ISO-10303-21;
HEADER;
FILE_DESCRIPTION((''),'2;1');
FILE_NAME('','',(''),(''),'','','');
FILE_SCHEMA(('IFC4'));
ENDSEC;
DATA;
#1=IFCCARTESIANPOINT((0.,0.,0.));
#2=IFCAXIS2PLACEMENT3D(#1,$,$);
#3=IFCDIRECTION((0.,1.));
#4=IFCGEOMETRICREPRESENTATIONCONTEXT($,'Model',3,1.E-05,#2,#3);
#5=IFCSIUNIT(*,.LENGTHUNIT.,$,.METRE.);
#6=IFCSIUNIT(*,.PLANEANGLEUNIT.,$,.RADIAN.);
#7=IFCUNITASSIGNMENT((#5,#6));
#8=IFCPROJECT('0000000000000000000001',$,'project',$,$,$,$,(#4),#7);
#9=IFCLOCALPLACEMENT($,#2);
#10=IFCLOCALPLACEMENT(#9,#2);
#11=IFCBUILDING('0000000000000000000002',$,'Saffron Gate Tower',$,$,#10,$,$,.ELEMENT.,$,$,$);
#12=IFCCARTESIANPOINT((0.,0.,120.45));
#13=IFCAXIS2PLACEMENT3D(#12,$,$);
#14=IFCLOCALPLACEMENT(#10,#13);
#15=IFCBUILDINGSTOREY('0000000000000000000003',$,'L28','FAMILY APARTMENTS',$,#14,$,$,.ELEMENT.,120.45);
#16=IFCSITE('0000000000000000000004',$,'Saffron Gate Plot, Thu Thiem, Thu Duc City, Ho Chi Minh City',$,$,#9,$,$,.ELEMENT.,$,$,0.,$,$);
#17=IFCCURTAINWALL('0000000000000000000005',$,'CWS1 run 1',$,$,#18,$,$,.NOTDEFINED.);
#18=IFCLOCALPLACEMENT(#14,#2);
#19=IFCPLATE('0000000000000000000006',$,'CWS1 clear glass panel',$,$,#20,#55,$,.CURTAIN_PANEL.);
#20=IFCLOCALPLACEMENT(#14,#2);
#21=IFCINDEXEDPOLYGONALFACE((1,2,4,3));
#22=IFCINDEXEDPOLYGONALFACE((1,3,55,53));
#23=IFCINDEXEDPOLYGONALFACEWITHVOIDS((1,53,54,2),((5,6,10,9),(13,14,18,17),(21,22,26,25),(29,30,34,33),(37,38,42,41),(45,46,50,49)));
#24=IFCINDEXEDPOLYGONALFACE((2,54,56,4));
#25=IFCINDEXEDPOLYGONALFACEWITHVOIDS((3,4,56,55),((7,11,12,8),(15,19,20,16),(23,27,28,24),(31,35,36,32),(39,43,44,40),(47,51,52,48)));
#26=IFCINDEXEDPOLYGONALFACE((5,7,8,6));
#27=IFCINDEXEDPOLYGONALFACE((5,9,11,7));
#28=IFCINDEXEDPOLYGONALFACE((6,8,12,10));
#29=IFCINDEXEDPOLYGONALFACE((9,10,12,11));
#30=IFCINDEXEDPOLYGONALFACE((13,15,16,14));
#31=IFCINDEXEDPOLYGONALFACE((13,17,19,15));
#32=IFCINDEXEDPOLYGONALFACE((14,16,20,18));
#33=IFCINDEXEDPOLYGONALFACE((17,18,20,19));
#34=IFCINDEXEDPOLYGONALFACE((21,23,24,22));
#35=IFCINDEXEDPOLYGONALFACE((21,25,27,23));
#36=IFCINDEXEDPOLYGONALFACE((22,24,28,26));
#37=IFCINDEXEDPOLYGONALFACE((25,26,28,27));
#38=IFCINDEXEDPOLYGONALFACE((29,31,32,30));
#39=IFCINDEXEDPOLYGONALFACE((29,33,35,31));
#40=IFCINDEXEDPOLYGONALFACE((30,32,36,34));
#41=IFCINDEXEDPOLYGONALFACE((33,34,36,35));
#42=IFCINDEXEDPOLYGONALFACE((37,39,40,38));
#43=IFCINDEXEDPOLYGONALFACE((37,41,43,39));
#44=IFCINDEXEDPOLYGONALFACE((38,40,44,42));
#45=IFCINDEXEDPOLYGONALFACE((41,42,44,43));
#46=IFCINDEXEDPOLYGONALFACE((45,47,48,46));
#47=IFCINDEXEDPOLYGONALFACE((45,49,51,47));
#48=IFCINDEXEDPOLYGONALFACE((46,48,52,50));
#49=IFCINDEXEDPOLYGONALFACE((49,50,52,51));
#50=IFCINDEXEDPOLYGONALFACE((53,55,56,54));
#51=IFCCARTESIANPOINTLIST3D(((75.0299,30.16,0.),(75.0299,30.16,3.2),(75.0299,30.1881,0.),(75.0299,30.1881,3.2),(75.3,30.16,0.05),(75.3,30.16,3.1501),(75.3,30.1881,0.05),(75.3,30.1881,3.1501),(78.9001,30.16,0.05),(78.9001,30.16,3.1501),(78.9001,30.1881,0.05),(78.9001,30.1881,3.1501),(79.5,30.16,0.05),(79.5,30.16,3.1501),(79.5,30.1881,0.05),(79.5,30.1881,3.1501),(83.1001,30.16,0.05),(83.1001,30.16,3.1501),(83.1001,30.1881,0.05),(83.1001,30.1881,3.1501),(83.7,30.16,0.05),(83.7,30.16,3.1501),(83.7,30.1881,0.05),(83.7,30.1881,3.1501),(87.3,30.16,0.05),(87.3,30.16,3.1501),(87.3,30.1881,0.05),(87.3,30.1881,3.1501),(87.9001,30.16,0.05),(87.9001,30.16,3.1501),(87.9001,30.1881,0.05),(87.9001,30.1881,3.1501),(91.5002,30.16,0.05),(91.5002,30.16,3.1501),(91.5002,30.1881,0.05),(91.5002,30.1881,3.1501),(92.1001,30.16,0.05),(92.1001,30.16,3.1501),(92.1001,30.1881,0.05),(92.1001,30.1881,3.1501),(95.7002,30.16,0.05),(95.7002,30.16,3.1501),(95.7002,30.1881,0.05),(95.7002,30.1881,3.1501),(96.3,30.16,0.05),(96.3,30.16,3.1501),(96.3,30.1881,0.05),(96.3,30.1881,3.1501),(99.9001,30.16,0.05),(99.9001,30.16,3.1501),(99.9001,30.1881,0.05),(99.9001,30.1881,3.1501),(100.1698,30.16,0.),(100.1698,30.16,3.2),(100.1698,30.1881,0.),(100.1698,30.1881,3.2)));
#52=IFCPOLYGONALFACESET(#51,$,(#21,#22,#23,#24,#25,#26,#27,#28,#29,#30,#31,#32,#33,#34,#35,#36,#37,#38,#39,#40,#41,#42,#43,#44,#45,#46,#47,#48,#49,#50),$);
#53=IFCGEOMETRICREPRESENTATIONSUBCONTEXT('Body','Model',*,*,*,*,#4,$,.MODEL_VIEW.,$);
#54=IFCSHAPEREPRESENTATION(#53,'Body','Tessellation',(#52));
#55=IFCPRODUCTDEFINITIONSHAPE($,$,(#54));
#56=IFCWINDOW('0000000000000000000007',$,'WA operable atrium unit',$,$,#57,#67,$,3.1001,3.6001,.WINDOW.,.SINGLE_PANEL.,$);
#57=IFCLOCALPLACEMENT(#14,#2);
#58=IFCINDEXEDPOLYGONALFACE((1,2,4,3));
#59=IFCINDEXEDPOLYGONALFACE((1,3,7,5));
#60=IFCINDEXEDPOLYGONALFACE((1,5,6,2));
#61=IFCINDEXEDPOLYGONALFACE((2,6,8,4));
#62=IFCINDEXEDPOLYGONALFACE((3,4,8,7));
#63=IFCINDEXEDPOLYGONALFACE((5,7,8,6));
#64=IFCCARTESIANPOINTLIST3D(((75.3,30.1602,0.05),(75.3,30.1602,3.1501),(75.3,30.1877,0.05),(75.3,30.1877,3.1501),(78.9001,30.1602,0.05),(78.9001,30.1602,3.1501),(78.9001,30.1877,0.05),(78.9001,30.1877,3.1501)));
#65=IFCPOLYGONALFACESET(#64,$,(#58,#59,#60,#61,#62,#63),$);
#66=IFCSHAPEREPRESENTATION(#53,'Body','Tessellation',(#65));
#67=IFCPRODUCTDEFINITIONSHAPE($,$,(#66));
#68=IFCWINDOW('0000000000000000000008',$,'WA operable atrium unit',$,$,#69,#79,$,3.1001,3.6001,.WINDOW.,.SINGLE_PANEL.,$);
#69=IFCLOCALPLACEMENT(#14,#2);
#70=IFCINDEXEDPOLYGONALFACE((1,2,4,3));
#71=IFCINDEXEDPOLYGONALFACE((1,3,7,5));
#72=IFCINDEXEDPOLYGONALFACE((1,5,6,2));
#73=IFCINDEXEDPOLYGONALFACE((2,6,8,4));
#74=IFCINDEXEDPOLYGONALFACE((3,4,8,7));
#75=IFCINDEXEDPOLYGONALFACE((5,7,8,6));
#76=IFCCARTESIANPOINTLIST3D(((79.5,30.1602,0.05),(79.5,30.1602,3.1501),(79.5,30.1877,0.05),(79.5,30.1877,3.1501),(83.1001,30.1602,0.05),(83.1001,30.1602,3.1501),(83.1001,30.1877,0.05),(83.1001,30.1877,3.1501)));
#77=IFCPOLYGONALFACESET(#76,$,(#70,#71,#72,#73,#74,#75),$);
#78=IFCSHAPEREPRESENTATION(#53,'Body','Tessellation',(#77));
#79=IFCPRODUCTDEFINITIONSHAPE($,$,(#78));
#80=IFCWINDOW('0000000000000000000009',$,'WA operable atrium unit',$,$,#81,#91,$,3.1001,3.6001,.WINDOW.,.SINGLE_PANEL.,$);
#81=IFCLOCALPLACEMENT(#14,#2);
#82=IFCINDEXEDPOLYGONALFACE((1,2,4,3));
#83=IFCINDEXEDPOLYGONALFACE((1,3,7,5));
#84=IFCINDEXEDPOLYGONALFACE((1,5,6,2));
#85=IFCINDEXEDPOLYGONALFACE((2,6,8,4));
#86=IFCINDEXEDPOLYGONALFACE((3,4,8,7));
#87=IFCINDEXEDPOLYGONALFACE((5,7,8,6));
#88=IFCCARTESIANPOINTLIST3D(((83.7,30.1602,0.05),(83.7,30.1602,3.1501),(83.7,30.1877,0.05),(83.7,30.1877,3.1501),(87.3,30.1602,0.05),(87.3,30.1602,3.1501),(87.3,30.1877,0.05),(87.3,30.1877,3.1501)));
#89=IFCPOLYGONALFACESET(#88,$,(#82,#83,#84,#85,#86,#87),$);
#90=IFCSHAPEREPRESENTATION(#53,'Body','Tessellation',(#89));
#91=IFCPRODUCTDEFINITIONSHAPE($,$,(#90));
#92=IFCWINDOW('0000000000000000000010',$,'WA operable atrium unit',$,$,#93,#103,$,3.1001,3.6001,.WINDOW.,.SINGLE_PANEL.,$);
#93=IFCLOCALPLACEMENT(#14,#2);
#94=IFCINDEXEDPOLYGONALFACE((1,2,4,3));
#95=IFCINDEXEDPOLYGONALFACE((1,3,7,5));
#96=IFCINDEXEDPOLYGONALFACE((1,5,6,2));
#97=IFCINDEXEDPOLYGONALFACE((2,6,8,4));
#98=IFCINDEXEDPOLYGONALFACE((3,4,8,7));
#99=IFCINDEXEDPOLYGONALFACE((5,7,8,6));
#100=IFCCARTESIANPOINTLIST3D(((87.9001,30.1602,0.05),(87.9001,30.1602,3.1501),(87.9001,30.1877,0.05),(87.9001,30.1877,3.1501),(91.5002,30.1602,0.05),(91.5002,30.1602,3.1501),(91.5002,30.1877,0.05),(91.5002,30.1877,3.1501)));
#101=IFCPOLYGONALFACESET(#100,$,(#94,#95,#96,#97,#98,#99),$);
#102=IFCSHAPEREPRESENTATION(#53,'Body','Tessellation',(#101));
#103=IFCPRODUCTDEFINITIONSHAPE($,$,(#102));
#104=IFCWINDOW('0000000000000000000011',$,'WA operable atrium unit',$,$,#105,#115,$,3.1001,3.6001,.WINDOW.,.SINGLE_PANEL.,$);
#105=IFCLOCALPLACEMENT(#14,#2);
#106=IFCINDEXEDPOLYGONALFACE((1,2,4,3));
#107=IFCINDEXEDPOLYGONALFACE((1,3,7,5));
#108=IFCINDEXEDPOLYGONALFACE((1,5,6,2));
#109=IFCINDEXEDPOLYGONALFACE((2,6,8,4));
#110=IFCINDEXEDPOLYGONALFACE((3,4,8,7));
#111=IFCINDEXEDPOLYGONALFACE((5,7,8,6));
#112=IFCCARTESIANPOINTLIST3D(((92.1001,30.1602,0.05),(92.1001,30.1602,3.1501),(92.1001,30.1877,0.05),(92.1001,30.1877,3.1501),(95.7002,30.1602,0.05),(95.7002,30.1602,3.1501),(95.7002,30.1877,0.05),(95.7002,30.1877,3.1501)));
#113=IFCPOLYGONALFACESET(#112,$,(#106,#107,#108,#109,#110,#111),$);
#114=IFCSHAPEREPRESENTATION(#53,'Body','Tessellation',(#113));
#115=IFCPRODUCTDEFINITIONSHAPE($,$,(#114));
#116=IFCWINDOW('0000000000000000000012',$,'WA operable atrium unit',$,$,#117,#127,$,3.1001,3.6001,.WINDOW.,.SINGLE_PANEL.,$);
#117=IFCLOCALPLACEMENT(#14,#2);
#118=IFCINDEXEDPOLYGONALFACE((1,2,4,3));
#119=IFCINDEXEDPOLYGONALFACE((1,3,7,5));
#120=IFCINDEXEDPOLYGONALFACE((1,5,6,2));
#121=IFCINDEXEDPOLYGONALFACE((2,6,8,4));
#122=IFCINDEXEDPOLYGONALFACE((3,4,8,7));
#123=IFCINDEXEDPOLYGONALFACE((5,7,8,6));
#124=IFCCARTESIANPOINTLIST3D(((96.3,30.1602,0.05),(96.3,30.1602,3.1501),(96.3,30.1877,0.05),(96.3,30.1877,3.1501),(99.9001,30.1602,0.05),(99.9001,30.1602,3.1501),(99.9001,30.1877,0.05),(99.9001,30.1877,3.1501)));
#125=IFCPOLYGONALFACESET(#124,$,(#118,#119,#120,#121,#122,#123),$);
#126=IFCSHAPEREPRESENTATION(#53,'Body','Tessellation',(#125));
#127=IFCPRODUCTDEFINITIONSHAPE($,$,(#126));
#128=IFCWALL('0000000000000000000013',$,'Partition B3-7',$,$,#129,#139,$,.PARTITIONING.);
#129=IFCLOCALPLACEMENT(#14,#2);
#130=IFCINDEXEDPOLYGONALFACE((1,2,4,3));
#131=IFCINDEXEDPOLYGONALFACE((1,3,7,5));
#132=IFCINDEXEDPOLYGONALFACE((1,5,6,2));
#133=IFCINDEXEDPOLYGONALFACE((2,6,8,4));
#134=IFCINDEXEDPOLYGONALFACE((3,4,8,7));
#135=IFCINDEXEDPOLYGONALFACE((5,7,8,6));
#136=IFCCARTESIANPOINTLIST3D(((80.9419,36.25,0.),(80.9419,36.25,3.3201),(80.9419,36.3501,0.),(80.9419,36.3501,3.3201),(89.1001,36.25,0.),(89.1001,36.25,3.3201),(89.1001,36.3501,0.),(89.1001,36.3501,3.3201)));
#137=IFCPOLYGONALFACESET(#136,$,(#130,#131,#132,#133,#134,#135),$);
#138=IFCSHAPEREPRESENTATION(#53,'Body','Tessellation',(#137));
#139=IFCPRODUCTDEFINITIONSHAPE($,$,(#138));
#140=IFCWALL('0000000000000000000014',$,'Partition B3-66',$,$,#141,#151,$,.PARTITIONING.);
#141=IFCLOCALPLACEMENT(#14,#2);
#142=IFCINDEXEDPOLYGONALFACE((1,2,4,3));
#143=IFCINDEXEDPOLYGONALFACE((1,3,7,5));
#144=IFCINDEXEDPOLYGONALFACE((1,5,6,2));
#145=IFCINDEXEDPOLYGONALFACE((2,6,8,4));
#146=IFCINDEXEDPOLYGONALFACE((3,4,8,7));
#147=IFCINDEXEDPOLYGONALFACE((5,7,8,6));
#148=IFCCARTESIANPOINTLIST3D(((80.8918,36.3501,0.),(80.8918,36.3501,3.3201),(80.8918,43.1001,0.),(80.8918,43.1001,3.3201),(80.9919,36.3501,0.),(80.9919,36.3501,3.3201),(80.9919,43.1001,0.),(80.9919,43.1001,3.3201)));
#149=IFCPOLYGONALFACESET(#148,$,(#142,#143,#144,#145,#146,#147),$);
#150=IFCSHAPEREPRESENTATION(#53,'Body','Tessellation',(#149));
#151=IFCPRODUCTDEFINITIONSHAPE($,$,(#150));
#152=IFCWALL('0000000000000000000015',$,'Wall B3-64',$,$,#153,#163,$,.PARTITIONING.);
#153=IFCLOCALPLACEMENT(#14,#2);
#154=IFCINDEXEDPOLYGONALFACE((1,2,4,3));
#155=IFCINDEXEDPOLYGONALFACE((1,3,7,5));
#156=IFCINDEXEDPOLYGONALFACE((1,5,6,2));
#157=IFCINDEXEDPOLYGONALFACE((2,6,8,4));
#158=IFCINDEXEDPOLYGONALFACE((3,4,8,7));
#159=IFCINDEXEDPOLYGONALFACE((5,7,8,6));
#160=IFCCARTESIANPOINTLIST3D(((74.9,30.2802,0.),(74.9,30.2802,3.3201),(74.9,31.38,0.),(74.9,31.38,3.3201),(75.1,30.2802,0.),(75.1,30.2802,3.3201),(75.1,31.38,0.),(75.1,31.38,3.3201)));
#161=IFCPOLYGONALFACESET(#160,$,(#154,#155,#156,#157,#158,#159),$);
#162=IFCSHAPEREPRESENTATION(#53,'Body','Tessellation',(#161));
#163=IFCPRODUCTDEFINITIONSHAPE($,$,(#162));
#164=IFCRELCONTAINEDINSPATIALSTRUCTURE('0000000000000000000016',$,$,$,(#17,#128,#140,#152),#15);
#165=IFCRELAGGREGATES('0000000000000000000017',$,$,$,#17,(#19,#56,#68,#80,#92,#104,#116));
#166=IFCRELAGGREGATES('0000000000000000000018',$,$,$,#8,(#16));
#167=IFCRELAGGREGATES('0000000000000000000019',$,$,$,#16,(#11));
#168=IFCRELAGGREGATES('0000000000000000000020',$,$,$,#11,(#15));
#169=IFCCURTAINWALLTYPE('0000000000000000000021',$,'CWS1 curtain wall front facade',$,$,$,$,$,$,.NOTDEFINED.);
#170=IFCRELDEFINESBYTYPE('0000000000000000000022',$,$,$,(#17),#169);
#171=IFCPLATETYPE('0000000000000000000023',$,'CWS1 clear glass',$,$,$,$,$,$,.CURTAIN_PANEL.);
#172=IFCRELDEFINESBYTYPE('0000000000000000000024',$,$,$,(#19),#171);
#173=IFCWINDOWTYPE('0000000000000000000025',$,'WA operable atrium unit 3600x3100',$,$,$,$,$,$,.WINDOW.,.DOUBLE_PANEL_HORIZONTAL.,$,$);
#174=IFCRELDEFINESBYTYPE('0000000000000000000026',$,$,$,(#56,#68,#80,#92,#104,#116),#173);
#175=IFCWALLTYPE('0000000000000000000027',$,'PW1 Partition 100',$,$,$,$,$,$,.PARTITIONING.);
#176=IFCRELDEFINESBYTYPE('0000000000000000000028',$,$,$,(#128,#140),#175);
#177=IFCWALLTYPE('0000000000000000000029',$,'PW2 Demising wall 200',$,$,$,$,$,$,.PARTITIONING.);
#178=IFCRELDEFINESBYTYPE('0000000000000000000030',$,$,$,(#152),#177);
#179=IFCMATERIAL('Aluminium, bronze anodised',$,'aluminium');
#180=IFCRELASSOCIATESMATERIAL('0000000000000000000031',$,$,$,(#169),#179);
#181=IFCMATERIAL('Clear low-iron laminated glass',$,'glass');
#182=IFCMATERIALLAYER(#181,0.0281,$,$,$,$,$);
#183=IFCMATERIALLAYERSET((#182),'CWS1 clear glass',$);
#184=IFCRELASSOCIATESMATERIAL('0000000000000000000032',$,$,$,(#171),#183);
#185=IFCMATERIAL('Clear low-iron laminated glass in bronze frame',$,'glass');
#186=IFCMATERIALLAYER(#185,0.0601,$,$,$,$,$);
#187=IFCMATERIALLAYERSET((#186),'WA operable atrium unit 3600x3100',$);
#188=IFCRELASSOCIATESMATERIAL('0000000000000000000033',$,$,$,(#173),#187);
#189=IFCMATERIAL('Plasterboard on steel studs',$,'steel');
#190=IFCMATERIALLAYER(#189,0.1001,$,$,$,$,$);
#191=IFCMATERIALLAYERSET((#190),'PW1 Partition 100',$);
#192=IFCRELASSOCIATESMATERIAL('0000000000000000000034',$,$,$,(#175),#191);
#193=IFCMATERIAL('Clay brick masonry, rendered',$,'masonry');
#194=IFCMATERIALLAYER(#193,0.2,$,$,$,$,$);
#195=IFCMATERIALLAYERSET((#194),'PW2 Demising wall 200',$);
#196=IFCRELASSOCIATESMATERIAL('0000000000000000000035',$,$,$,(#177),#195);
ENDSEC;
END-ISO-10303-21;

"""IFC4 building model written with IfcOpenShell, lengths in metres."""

from ifc_helpers import new_model, si_unit, direction, frame, frame_2d, origin, place, context, subcontext, project, spatial, rectangle, extrude, material, layer, layer_set, type_object, element, fill, aggregate, save


model = new_model("IFC4")

# Units and contexts
model_context = context("Model", 3, precision=1e-05, world=origin(), true_north=direction((0.0, 1.0)))
body_context = subcontext(model_context, "Body", "Model", "MODEL_VIEW")
ifc_project = project(units=[si_unit("LENGTHUNIT", "METRE"), si_unit("PLANEANGLEUNIT", "RADIAN")], contexts=[model_context])

# Site, building, storey
site_placement = place(None, origin())
site = spatial("IfcSite", under=ifc_project, at=site_placement, Name="Saffron Gate Plot, Thu Thiem, Thu Duc City, Ho Chi Minh City", CompositionType="ELEMENT", RefElevation=0.0)
building_placement = place(site_placement, origin())
building = spatial("IfcBuilding", under=site, at=building_placement, Name="Saffron Gate Tower", CompositionType="ELEMENT")
storey_placement = place(building_placement, frame((0.0, 0.0, 120.45)))
storey = spatial("IfcBuildingStorey", under=building, at=storey_placement, Name="L28", Description="FAMILY APARTMENTS", CompositionType="ELEMENT", Elevation=120.45)

# Curtain wall, plate, openings, windows
ifc_material_1 = material(Name="Aluminium, bronze anodised", Category="aluminium")
curtain_wall_type = type_object("IfcCurtainWallType", Name="CWS1 curtain wall front facade", PredefinedType="NOTDEFINED", material=ifc_material_1)
curtain_wall_placement = place(storey_placement, origin())
curtain_wall = element("IfcCurtainWall", 1, at=curtain_wall_placement, inside=storey, type_object=curtain_wall_type, Name="CWS1 run 1", PredefinedType="NOTDEFINED")
ifc_material_2 = material(Name="Clear low-iron laminated glass", Category="glass")
ifc_layer_1 = layer(ifc_material_2, 0.0281)
ifc_layer_set_1 = layer_set([ifc_layer_1], Name="CWS1 clear glass")
plate_type = type_object("IfcPlateType", Name="CWS1 clear glass", PredefinedType="CURTAIN_PANEL", material=ifc_layer_set_1)
plate_placement = place(storey_placement, frame((75.03, 30.1741, 0.0), z_axis=(0.0, 0.0, 1.0), x_axis=(1.0, 0.0, 0.0)))
plate = element("IfcPlate", 2, at=plate_placement, type_object=plate_type, Name="CWS1 clear glass panel", PredefinedType="CURTAIN_PANEL", context=body_context, shape_type="SweptSolid", body=[
    extrude(rectangle(XDim=25.1399, YDim=0.0281, at=frame_2d((12.5698, 0.0))), origin(), (0.0, 0.0, 1.0), 3.2),
])
opening_1_placement = place(plate_placement, frame((0.27, 0.0, 0.05)))
opening_1 = element("IfcOpeningElement", 3, at=opening_1_placement, cuts=plate, PredefinedType="OPENING", context=body_context, shape_type="SweptSolid", body=[
    extrude(rectangle(XDim=3.6001, YDim=3.1001, at=frame_2d((1.8, 1.55))), frame((0.0, 0.0239, 0.0), z_axis=(0.0, -1.0, 0.0), x_axis=(1.0, 0.0, 0.0)), (0.0, 0.0, 1.0), 0.0481),
])
opening_2_placement = place(plate_placement, frame((4.47, 0.0, 0.05)))
opening_2 = element("IfcOpeningElement", 4, at=opening_2_placement, cuts=plate, PredefinedType="OPENING", context=body_context, shape_type="SweptSolid", body=[
    extrude(rectangle(XDim=3.6001, YDim=3.1001, at=frame_2d((1.8, 1.55))), frame((0.0, 0.0239, 0.0), z_axis=(0.0, -1.0, 0.0), x_axis=(1.0, 0.0, 0.0)), (0.0, 0.0, 1.0), 0.0481),
])
opening_3_placement = place(plate_placement, frame((8.6699, 0.0, 0.05)))
opening_3 = element("IfcOpeningElement", 5, at=opening_3_placement, cuts=plate, PredefinedType="OPENING", context=body_context, shape_type="SweptSolid", body=[
    extrude(rectangle(XDim=3.6001, YDim=3.1001, at=frame_2d((1.8, 1.55))), frame((0.0, 0.0239, 0.0), z_axis=(0.0, -1.0, 0.0), x_axis=(1.0, 0.0, 0.0)), (0.0, 0.0, 1.0), 0.0481),
])
opening_4_placement = place(plate_placement, frame((12.8701, 0.0, 0.05)))
opening_4 = element("IfcOpeningElement", 6, at=opening_4_placement, cuts=plate, PredefinedType="OPENING", context=body_context, shape_type="SweptSolid", body=[
    extrude(rectangle(XDim=3.6001, YDim=3.1001, at=frame_2d((1.8, 1.55))), frame((0.0, 0.0239, 0.0), z_axis=(0.0, -1.0, 0.0), x_axis=(1.0, 0.0, 0.0)), (0.0, 0.0, 1.0), 0.0481),
])
opening_5_placement = place(plate_placement, frame((17.0701, 0.0, 0.05)))
opening_5 = element("IfcOpeningElement", 7, at=opening_5_placement, cuts=plate, PredefinedType="OPENING", context=body_context, shape_type="SweptSolid", body=[
    extrude(rectangle(XDim=3.6001, YDim=3.1001, at=frame_2d((1.8, 1.55))), frame((0.0, 0.0239, 0.0), z_axis=(0.0, -1.0, 0.0), x_axis=(1.0, 0.0, 0.0)), (0.0, 0.0, 1.0), 0.0481),
])
opening_6_placement = place(plate_placement, frame((21.27, 0.0, 0.05)))
opening_6 = element("IfcOpeningElement", 8, at=opening_6_placement, cuts=plate, PredefinedType="OPENING", context=body_context, shape_type="SweptSolid", body=[
    extrude(rectangle(XDim=3.6001, YDim=3.1001, at=frame_2d((1.8, 1.55))), frame((0.0, 0.0239, 0.0), z_axis=(0.0, -1.0, 0.0), x_axis=(1.0, 0.0, 0.0)), (0.0, 0.0, 1.0), 0.0481),
])
ifc_material_3 = material(Name="Clear low-iron laminated glass in bronze frame", Category="glass")
ifc_layer_2 = layer(ifc_material_3, 0.0601)
ifc_layer_set_2 = layer_set([ifc_layer_2], Name="WA operable atrium unit 3600x3100")
window_type = type_object("IfcWindowType", Name="WA operable atrium unit 3600x3100", PartitioningType="DOUBLE_PANEL_HORIZONTAL", PredefinedType="WINDOW", material=ifc_layer_set_2)
window_1_placement = place(opening_1_placement, origin())
window_1 = element("IfcWindow", 9, at=window_1_placement, type_object=window_type, Name="WA operable atrium unit", OverallHeight=3.1001, OverallWidth=3.6001, PartitioningType="SINGLE_PANEL", PredefinedType="WINDOW", context=body_context, shape_type="SweptSolid", body=[
    extrude(rectangle(XDim=3.6001, YDim=3.1001, at=frame_2d((1.8, 1.55))), frame((0.0, 0.0137, 0.0), z_axis=(0.0, -1.0, 0.0), x_axis=(1.0, 0.0, 0.0)), (0.0, 0.0, 1.0), 0.0276),
])
fill(opening_1, window_1)
window_2_placement = place(opening_2_placement, origin())
window_2 = element("IfcWindow", 10, at=window_2_placement, type_object=window_type, Name="WA operable atrium unit", OverallHeight=3.1001, OverallWidth=3.6001, PartitioningType="SINGLE_PANEL", PredefinedType="WINDOW", context=body_context, shape_type="SweptSolid", body=[
    extrude(rectangle(XDim=3.6001, YDim=3.1001, at=frame_2d((1.8, 1.55))), frame((0.0, 0.0137, 0.0), z_axis=(0.0, -1.0, 0.0), x_axis=(1.0, 0.0, 0.0)), (0.0, 0.0, 1.0), 0.0276),
])
fill(opening_2, window_2)
window_3_placement = place(opening_3_placement, origin())
window_3 = element("IfcWindow", 11, at=window_3_placement, type_object=window_type, Name="WA operable atrium unit", OverallHeight=3.1001, OverallWidth=3.6001, PartitioningType="SINGLE_PANEL", PredefinedType="WINDOW", context=body_context, shape_type="SweptSolid", body=[
    extrude(rectangle(XDim=3.6001, YDim=3.1001, at=frame_2d((1.8, 1.55))), frame((0.0, 0.0137, 0.0), z_axis=(0.0, -1.0, 0.0), x_axis=(1.0, 0.0, 0.0)), (0.0, 0.0, 1.0), 0.0276),
])
fill(opening_3, window_3)
window_4_placement = place(opening_4_placement, origin())
window_4 = element("IfcWindow", 12, at=window_4_placement, type_object=window_type, Name="WA operable atrium unit", OverallHeight=3.1001, OverallWidth=3.6001, PartitioningType="SINGLE_PANEL", PredefinedType="WINDOW", context=body_context, shape_type="SweptSolid", body=[
    extrude(rectangle(XDim=3.6001, YDim=3.1001, at=frame_2d((1.8, 1.55))), frame((0.0, 0.0137, 0.0), z_axis=(0.0, -1.0, 0.0), x_axis=(1.0, 0.0, 0.0)), (0.0, 0.0, 1.0), 0.0276),
])
fill(opening_4, window_4)
window_5_placement = place(opening_5_placement, origin())
window_5 = element("IfcWindow", 13, at=window_5_placement, type_object=window_type, Name="WA operable atrium unit", OverallHeight=3.1001, OverallWidth=3.6001, PartitioningType="SINGLE_PANEL", PredefinedType="WINDOW", context=body_context, shape_type="SweptSolid", body=[
    extrude(rectangle(XDim=3.6001, YDim=3.1001, at=frame_2d((1.8, 1.55))), frame((0.0, 0.0137, 0.0), z_axis=(0.0, -1.0, 0.0), x_axis=(1.0, 0.0, 0.0)), (0.0, 0.0, 1.0), 0.0276),
])
fill(opening_5, window_5)
window_6_placement = place(opening_6_placement, origin())
window_6 = element("IfcWindow", 14, at=window_6_placement, type_object=window_type, Name="WA operable atrium unit", OverallHeight=3.1001, OverallWidth=3.6001, PartitioningType="SINGLE_PANEL", PredefinedType="WINDOW", context=body_context, shape_type="SweptSolid", body=[
    extrude(rectangle(XDim=3.6001, YDim=3.1001, at=frame_2d((1.8, 1.55))), frame((0.0, 0.0137, 0.0), z_axis=(0.0, -1.0, 0.0), x_axis=(1.0, 0.0, 0.0)), (0.0, 0.0, 1.0), 0.0276),
])
fill(opening_6, window_6)
aggregate(curtain_wall, [plate, window_1, window_2, window_3, window_4, window_5, window_6])

# Walls
ifc_material_4 = material(Name="Plasterboard on steel studs", Category="steel")
ifc_layer_3 = layer(ifc_material_4, 0.1001)
ifc_layer_set_3 = layer_set([ifc_layer_3], Name="PW1 Partition 100")
wall_type_1 = type_object("IfcWallType", Name="PW1 Partition 100", PredefinedType="PARTITIONING", material=ifc_layer_set_3)
wall_1_placement = place(storey_placement, frame((80.9419, 36.3, 0.0), z_axis=(0.0, 0.0, 1.0), x_axis=(1.0, 0.0, 0.0)))
element("IfcWall", 15, at=wall_1_placement, inside=storey, type_object=wall_type_1, Name="Partition B3-7", PredefinedType="PARTITIONING", context=body_context, shape_type="SweptSolid", body=[
    extrude(rectangle(XDim=8.1582, YDim=0.1001, at=frame_2d((4.0791, 0.0))), origin(), (0.0, 0.0, 1.0), 3.3201),
])
wall_2_placement = place(storey_placement, frame((80.9419, 43.1001, 0.0), z_axis=(0.0, 0.0, 1.0), x_axis=(0.0, -1.0, 0.0)))
element("IfcWall", 16, at=wall_2_placement, inside=storey, type_object=wall_type_1, Name="Partition B3-66", PredefinedType="PARTITIONING", context=body_context, shape_type="SweptSolid", body=[
    extrude(rectangle(XDim=6.75, YDim=0.1001, at=frame_2d((3.375, 0.0))), origin(), (0.0, 0.0, 1.0), 3.3201),
])
ifc_material_5 = material(Name="Clay brick masonry, rendered", Category="masonry")
ifc_layer_4 = layer(ifc_material_5, 0.2)
ifc_layer_set_4 = layer_set([ifc_layer_4], Name="PW2 Demising wall 200")
wall_type_2 = type_object("IfcWallType", Name="PW2 Demising wall 200", PredefinedType="PARTITIONING", material=ifc_layer_set_4)
wall_3_placement = place(storey_placement, frame((75.0, 31.3799, 0.0), z_axis=(0.0, 0.0, 1.0), x_axis=(0.0, -1.0, 0.0)))
element("IfcWall", 17, at=wall_3_placement, inside=storey, type_object=wall_type_2, Name="Wall B3-64", PredefinedType="PARTITIONING", context=body_context, shape_type="SweptSolid", body=[
    extrude(rectangle(XDim=1.0999, YDim=0.2, at=frame_2d((0.5498, 0.0))), origin(), (0.0, 0.0, 1.0), 3.3201),
])

save(model, "model.ifc")
